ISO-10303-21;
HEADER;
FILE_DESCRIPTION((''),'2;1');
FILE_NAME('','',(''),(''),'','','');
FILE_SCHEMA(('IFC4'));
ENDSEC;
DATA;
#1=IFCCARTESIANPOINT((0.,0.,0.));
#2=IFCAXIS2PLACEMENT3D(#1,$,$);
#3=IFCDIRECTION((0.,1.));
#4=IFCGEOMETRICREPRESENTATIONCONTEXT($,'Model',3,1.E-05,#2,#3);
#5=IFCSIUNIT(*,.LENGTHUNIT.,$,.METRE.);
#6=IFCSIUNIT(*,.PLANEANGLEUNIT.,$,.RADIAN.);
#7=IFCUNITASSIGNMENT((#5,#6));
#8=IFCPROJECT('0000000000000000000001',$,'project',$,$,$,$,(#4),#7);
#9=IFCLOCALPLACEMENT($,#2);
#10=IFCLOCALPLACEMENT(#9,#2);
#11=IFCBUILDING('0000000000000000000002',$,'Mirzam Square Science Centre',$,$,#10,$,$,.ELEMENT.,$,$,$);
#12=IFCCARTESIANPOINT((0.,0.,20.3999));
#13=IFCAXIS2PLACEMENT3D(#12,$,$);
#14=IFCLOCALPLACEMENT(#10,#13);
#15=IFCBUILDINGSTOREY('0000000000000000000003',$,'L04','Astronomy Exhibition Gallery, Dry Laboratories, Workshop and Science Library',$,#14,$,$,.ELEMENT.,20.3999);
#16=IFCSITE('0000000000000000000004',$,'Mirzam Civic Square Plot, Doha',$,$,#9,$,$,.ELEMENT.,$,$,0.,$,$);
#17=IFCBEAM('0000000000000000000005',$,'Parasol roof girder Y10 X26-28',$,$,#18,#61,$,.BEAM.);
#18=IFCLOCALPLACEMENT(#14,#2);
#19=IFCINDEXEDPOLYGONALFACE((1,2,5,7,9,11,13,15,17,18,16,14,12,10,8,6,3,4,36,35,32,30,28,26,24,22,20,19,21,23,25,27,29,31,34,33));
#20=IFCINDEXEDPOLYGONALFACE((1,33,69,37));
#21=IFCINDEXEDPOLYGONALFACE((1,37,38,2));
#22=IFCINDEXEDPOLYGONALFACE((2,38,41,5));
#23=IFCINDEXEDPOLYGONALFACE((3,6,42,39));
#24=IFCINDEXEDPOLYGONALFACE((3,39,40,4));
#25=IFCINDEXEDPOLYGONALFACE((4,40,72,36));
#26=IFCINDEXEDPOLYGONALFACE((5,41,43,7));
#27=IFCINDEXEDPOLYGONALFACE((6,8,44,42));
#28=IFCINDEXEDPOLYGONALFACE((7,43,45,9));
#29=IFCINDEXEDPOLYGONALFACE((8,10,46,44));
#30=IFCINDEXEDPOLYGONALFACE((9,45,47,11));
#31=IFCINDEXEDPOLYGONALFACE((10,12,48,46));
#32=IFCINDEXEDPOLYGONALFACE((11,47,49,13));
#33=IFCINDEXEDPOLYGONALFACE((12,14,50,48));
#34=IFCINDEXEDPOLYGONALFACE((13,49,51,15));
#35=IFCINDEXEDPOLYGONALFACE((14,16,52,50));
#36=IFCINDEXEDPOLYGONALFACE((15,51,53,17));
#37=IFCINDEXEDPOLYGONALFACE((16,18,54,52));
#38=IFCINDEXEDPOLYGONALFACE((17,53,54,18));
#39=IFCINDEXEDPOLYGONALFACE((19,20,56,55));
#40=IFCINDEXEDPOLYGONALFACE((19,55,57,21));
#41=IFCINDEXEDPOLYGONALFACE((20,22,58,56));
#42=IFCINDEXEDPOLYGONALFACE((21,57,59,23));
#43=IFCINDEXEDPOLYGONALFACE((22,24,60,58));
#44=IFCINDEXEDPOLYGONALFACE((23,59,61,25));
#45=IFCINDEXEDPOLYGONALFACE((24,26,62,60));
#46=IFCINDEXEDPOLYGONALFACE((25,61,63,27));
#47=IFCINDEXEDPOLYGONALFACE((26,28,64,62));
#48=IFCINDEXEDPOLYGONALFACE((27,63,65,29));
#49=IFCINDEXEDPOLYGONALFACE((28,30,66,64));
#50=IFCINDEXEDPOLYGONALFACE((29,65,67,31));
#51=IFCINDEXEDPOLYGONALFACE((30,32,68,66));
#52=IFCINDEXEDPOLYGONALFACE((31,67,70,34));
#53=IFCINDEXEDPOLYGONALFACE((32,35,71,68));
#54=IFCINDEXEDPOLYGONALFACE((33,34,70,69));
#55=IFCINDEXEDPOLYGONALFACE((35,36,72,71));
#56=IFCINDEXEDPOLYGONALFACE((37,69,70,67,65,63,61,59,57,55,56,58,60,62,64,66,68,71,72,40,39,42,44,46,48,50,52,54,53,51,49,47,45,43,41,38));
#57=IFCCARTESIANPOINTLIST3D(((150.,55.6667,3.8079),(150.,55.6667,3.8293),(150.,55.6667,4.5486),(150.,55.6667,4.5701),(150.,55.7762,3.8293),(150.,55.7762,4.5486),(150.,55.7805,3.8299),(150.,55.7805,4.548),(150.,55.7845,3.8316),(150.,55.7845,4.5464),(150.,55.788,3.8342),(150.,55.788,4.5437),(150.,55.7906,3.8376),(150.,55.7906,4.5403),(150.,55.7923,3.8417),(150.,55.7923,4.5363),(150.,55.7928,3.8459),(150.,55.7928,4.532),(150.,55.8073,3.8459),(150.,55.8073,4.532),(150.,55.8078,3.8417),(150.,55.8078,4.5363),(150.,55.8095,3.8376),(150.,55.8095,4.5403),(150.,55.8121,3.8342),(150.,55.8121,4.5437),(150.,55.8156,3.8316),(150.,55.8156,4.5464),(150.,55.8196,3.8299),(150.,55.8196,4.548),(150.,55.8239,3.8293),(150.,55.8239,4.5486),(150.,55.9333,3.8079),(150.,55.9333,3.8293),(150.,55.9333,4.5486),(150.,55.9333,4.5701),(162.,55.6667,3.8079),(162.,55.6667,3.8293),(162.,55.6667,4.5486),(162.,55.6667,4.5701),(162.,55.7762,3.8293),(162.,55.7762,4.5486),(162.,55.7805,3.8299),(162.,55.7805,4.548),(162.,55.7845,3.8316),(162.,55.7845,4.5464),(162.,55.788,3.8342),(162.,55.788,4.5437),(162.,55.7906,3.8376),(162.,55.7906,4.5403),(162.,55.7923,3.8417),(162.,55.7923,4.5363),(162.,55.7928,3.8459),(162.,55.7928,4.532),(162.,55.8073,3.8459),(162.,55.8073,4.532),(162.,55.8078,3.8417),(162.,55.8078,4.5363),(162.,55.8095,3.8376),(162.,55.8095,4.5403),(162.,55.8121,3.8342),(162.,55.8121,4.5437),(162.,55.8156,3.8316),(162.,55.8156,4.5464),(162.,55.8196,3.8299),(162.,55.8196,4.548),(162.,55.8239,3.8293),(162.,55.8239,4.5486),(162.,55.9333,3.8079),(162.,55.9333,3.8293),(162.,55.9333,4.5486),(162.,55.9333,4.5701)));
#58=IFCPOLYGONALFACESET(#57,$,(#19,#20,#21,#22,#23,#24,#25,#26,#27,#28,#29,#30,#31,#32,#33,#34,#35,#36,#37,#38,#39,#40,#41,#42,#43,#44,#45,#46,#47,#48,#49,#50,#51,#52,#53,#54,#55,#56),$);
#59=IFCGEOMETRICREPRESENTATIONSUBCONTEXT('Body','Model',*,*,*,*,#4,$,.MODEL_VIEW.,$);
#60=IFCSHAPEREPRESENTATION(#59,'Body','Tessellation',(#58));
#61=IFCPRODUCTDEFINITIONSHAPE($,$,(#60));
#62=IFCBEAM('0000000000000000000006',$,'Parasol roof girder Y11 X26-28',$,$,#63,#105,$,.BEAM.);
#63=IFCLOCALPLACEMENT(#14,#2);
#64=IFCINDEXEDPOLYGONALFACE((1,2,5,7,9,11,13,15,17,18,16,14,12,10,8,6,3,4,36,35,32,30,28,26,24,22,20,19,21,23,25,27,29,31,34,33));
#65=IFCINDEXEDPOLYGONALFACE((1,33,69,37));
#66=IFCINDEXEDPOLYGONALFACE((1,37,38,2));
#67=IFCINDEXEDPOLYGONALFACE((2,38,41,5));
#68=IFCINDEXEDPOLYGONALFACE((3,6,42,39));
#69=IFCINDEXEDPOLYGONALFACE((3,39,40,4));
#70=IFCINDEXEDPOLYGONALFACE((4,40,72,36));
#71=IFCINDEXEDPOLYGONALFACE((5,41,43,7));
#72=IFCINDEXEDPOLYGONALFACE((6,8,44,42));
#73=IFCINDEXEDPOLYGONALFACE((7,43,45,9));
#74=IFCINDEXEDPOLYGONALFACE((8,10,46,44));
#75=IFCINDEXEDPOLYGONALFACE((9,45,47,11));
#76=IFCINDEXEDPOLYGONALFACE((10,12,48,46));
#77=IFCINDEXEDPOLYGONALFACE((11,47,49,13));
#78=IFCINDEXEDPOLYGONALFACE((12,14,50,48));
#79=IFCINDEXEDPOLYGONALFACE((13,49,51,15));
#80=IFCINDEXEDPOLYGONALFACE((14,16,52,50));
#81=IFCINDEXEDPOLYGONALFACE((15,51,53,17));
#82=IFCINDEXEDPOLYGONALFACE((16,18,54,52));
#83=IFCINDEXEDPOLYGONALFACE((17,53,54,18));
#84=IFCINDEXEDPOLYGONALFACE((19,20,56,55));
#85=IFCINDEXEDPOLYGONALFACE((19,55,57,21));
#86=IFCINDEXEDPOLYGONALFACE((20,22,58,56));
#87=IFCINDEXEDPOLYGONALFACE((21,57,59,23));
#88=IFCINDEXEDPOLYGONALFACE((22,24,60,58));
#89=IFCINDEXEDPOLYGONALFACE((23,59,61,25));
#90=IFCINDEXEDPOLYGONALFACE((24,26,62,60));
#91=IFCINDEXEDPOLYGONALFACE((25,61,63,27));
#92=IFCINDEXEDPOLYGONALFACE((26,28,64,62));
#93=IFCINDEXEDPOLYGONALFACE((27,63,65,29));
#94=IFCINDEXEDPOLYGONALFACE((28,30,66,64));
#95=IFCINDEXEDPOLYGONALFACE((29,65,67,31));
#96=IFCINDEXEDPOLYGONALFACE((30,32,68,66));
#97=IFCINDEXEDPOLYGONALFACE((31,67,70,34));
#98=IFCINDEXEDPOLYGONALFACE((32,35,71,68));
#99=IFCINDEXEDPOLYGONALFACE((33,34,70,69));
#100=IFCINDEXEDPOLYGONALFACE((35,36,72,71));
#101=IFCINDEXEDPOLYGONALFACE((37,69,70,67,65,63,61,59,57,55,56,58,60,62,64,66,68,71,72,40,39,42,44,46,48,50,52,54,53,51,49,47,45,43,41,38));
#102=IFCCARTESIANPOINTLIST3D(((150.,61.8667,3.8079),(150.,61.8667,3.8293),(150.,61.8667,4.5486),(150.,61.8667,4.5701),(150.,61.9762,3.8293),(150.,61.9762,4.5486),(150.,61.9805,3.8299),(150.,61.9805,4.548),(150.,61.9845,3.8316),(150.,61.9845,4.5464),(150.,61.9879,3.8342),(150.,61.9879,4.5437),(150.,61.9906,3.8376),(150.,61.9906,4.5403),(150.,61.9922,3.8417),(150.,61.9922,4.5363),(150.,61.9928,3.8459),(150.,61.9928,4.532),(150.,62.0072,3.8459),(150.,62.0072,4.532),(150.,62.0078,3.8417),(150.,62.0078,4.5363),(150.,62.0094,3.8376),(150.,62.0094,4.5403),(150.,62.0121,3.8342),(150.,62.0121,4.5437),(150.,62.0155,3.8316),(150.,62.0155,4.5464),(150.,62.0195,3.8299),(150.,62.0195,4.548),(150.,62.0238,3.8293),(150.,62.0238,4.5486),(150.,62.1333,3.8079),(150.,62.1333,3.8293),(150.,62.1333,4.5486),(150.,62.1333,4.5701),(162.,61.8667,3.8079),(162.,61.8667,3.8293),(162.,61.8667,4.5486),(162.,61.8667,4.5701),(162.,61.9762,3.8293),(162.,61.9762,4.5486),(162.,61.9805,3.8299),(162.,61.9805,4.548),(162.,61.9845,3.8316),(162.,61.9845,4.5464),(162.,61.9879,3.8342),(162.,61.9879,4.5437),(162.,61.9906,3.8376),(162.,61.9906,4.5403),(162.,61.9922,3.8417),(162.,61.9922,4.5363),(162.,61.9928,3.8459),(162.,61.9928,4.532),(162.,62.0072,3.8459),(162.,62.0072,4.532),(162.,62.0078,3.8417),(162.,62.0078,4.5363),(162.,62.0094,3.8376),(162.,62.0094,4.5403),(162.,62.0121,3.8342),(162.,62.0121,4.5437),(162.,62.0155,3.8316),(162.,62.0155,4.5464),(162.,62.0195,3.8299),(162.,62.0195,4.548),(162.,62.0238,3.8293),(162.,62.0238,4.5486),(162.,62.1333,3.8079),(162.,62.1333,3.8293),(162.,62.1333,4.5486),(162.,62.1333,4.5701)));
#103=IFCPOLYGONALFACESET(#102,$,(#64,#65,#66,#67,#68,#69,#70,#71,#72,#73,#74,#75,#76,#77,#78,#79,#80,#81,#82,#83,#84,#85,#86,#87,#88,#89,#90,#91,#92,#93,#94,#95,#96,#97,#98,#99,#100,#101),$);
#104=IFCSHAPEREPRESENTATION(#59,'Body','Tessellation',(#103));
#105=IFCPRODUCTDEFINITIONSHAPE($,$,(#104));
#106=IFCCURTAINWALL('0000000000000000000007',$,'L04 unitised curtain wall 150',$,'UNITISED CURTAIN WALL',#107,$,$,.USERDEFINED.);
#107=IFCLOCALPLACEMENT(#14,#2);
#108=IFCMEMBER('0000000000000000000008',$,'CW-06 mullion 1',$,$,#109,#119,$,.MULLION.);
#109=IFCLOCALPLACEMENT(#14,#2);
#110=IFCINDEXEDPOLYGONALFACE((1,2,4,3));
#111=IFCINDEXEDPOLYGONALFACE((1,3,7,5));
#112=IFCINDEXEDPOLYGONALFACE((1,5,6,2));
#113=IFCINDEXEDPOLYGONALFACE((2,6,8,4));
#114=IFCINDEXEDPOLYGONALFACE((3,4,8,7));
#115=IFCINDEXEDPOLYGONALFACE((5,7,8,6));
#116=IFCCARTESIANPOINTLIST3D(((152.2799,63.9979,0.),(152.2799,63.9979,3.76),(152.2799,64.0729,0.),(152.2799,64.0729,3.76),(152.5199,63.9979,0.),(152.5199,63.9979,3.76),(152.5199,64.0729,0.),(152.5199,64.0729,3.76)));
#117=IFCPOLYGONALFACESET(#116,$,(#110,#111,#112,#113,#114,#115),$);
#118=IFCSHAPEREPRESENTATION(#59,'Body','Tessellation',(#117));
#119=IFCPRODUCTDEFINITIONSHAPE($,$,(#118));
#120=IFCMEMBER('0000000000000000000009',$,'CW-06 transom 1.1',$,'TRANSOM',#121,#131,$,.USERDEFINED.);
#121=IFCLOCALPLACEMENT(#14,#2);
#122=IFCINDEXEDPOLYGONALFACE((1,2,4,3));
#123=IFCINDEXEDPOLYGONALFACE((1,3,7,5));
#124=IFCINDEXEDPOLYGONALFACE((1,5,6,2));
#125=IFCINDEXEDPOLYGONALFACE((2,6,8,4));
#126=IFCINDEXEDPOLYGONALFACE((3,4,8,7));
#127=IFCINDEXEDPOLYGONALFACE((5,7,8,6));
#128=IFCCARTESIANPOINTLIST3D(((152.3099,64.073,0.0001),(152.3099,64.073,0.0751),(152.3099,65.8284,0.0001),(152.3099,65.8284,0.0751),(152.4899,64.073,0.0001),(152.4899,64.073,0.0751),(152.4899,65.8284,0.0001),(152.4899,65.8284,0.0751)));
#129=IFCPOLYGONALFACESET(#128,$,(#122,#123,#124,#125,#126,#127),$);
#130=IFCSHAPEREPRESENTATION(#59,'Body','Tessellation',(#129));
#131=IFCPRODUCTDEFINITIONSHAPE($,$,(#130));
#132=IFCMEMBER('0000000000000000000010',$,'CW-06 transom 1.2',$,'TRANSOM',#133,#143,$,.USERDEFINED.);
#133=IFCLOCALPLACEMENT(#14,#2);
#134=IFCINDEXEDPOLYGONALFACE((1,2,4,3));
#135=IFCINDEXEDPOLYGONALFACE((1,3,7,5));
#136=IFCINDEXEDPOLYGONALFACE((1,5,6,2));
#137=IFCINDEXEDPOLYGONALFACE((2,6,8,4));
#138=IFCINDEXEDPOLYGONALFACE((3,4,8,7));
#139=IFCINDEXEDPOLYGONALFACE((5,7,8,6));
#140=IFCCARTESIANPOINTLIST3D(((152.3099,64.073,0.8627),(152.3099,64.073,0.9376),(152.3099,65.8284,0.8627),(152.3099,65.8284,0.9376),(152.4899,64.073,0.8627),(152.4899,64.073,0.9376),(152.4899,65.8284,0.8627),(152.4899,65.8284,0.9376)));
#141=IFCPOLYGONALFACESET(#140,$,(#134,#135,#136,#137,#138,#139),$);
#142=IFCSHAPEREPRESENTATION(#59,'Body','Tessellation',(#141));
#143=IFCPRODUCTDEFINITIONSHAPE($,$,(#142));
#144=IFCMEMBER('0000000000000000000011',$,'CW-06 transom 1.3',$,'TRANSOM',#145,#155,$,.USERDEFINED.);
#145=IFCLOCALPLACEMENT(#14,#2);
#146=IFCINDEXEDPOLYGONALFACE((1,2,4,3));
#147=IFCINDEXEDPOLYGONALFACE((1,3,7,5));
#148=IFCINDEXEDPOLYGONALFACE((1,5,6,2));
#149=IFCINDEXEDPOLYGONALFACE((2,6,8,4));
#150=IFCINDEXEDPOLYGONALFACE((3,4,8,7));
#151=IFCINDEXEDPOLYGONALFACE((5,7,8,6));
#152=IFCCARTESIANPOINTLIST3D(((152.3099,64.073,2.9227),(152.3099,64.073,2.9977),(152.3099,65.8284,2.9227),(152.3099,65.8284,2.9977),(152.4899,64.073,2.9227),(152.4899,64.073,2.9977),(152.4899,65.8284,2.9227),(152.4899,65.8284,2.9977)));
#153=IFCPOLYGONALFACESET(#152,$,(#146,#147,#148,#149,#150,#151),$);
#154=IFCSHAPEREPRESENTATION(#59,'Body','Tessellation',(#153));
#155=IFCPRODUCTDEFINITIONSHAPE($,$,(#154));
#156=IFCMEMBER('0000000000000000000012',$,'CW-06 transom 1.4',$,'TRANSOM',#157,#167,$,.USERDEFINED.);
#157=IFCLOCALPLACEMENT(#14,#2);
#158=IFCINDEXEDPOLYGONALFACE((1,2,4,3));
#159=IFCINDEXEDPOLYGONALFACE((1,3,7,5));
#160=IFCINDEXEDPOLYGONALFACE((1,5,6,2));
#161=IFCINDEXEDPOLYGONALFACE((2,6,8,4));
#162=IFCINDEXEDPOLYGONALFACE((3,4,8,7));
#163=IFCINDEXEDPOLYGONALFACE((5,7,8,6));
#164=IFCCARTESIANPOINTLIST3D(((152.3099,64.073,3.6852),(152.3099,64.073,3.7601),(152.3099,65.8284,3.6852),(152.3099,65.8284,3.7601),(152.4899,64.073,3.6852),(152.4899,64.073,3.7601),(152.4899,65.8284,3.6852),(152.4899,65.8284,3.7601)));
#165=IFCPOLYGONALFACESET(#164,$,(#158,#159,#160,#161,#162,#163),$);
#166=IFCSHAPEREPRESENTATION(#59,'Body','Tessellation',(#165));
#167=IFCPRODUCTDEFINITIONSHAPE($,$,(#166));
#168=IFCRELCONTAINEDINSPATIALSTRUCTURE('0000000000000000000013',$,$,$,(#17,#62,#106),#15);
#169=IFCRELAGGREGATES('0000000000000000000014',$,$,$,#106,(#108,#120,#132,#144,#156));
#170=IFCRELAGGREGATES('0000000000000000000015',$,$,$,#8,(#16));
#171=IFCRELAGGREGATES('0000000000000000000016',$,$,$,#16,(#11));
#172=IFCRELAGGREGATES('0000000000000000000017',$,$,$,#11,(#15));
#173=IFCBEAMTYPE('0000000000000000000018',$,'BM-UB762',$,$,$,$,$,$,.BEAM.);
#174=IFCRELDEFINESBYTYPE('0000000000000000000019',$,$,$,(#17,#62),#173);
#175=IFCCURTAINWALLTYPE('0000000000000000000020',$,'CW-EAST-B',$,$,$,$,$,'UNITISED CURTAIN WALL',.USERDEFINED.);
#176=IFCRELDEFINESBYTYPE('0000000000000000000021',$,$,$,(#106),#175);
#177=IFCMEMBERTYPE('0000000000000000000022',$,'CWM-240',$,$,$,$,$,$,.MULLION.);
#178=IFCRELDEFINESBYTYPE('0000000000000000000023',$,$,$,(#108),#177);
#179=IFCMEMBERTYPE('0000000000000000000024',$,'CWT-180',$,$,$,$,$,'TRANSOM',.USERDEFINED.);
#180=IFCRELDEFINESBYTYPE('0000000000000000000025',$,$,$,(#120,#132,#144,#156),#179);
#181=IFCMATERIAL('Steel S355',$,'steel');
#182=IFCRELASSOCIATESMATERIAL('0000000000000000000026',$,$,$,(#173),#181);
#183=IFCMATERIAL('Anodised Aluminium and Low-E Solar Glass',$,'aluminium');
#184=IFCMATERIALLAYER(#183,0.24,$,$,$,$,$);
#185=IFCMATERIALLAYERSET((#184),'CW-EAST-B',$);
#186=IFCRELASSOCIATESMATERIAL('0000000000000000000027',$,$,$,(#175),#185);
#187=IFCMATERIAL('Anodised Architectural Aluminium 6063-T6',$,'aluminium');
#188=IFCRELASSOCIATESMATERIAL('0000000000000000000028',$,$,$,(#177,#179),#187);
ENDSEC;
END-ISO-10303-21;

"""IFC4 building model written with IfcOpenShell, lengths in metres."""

from ifc_helpers import new_model, si_unit, direction, frame, origin, origin_2d, place, context, subcontext, project, spatial, rectangle, i_section, extrude, material, layer, layer_set, material_profile, profile_set, type_object, element, aggregate, save


model = new_model("IFC4")

# Units and contexts
model_context = context("Model", 3, precision=1e-05, world=origin(), true_north=direction((0.0, 1.0)))
body_context = subcontext(model_context, "Body", "Model", "MODEL_VIEW")
ifc_project = project(units=[si_unit("LENGTHUNIT", "METRE"), si_unit("PLANEANGLEUNIT", "RADIAN")], contexts=[model_context])

# Site, building, storey
site_placement = place(None, origin())
site = spatial("IfcSite", under=ifc_project, at=site_placement, Name="Mirzam Civic Square Plot, Doha", CompositionType="ELEMENT", RefElevation=0.0)
building_placement = place(site_placement, origin())
building = spatial("IfcBuilding", under=site, at=building_placement, Name="Mirzam Square Science Centre", CompositionType="ELEMENT")
storey_placement = place(building_placement, frame((0.0, 0.0, 20.3999)))
storey = spatial("IfcBuildingStorey", under=building, at=storey_placement, Name="L04", Description="Astronomy Exhibition Gallery, Dry Laboratories, Workshop and Science Library", CompositionType="ELEMENT", Elevation=20.3999)

# Shared definitions
ifc_material_1 = material(Name="Steel S355", Category="steel")

# Beams
ifc_material_profile_1 = material_profile(ifc_material_1, i_section(OverallWidth=0.2666, OverallDepth=0.7622, WebThickness=0.0144, FlangeThickness=0.0215, FilletRadius=0.0166, at=origin_2d()), Name="762x267x173UB")
ifc_profile_set_1 = profile_set([ifc_material_profile_1], Name="Steel S355")
beam_type_1 = type_object("IfcBeamType", Name="BM-UB762", PredefinedType="BEAM", material=ifc_profile_set_1)
for number, where, z_axis, x_axis, name in (
    (1, (150.0, 55.8, 4.189), (1.0, 0.0, 0.0), (0.0, 1.0, 0.0), "Parasol roof girder Y10 X26-28"),
    (2, (150.0, 62.0, 4.189), (1.0, 0.0, 0.0), (0.0, 1.0, 0.0), "Parasol roof girder Y11 X26-28"),
):
    element("IfcBeam", number, at=place(storey_placement, frame(where, z_axis=z_axis, x_axis=x_axis)), inside=storey, type_object=beam_type_1, Name=name, PredefinedType="BEAM", context=body_context, shape_type="SweptSolid", body=[
        extrude(i_section(OverallWidth=0.2666, OverallDepth=0.7622, WebThickness=0.0144, FlangeThickness=0.0215, FilletRadius=0.0166, at=origin_2d()), origin(), (0.0, 0.0, 1.0), 12.0),
    ])

# Curtain wall, members
ifc_material_2 = material(Name="Anodised Aluminium and Low-E Solar Glass", Category="aluminium")
ifc_layer_1 = layer(ifc_material_2, 0.24)
ifc_layer_set_1 = layer_set([ifc_layer_1], Name="CW-EAST-B")
curtain_wall_type = type_object("IfcCurtainWallType", Name="CW-EAST-B", ElementType="UNITISED CURTAIN WALL", PredefinedType="USERDEFINED", material=ifc_layer_set_1)
curtain_wall_placement = place(storey_placement, origin())
curtain_wall = element("IfcCurtainWall", 3, at=curtain_wall_placement, inside=storey, type_object=curtain_wall_type, Name="L04 unitised curtain wall 150", ObjectType="UNITISED CURTAIN WALL", PredefinedType="USERDEFINED")
ifc_material_3 = material(Name="Anodised Architectural Aluminium 6063-T6", Category="aluminium")
ifc_material_profile_2 = material_profile(ifc_material_3, rectangle(XDim=0.075, YDim=0.24, at=origin_2d()), Name="ALU-MULL-240x75x5")
ifc_profile_set_2 = profile_set([ifc_material_profile_2], Name="Anodised Architectural Aluminium 6063-T6")
member_type_1 = type_object("IfcMemberType", Name="CWM-240", PredefinedType="MULLION", material=ifc_profile_set_2)
member_1_placement = place(storey_placement, frame((152.3999, 64.0354, 0.0), z_axis=(0.0, 0.0, 1.0), x_axis=(0.0, 1.0, 0.0)))
member_1 = element("IfcMember", 4, at=member_1_placement, type_object=member_type_1, Name="CW-06 mullion 1", PredefinedType="MULLION", context=body_context, shape_type="SweptSolid", body=[
    extrude(rectangle(XDim=0.075, YDim=0.24, at=origin_2d()), origin(), (0.0, 0.0, 1.0), 3.76),
])
ifc_material_profile_3 = material_profile(ifc_material_3, rectangle(XDim=0.1799, YDim=0.075, at=origin_2d()), Name="ALU-TRAN-180x75x5")
ifc_profile_set_3 = profile_set([ifc_material_profile_3], Name="Anodised Architectural Aluminium 6063-T6")
member_type_2 = type_object("IfcMemberType", Name="CWT-180", ElementType="TRANSOM", PredefinedType="USERDEFINED", material=ifc_profile_set_3)
member_2_placement = place(storey_placement, frame((152.3999, 64.073, 0.0376), z_axis=(0.0, 1.0, 0.0), x_axis=(-1.0, 0.0, 0.0)))
member_2 = element("IfcMember", 5, at=member_2_placement, type_object=member_type_2, Name="CW-06 transom 1.1", ObjectType="TRANSOM", PredefinedType="USERDEFINED", context=body_context, shape_type="SweptSolid", body=[
    extrude(rectangle(XDim=0.1799, YDim=0.075, at=origin_2d()), origin(), (0.0, 0.0, 1.0), 1.7554),
])
member_3_placement = place(storey_placement, frame((152.3999, 64.073, 0.9001), z_axis=(0.0, 1.0, 0.0), x_axis=(-1.0, 0.0, 0.0)))
member_3 = element("IfcMember", 6, at=member_3_placement, type_object=member_type_2, Name="CW-06 transom 1.2", ObjectType="TRANSOM", PredefinedType="USERDEFINED", context=body_context, shape_type="SweptSolid", body=[
    extrude(rectangle(XDim=0.1799, YDim=0.075, at=origin_2d()), origin(), (0.0, 0.0, 1.0), 1.7554),
])
member_4_placement = place(storey_placement, frame((152.3999, 64.073, 2.9602), z_axis=(0.0, 1.0, 0.0), x_axis=(-1.0, 0.0, 0.0)))
member_4 = element("IfcMember", 7, at=member_4_placement, type_object=member_type_2, Name="CW-06 transom 1.3", ObjectType="TRANSOM", PredefinedType="USERDEFINED", context=body_context, shape_type="SweptSolid", body=[
    extrude(rectangle(XDim=0.1799, YDim=0.075, at=origin_2d()), origin(), (0.0, 0.0, 1.0), 1.7554),
])
member_5_placement = place(storey_placement, frame((152.3999, 64.073, 3.7227), z_axis=(0.0, 1.0, 0.0), x_axis=(-1.0, 0.0, 0.0)))
member_5 = element("IfcMember", 8, at=member_5_placement, type_object=member_type_2, Name="CW-06 transom 1.4", ObjectType="TRANSOM", PredefinedType="USERDEFINED", context=body_context, shape_type="SweptSolid", body=[
    extrude(rectangle(XDim=0.1799, YDim=0.075, at=origin_2d()), origin(), (0.0, 0.0, 1.0), 1.7554),
])

aggregate(curtain_wall, [member_1, member_2, member_3, member_4, member_5])

save(model, "model.ifc")
